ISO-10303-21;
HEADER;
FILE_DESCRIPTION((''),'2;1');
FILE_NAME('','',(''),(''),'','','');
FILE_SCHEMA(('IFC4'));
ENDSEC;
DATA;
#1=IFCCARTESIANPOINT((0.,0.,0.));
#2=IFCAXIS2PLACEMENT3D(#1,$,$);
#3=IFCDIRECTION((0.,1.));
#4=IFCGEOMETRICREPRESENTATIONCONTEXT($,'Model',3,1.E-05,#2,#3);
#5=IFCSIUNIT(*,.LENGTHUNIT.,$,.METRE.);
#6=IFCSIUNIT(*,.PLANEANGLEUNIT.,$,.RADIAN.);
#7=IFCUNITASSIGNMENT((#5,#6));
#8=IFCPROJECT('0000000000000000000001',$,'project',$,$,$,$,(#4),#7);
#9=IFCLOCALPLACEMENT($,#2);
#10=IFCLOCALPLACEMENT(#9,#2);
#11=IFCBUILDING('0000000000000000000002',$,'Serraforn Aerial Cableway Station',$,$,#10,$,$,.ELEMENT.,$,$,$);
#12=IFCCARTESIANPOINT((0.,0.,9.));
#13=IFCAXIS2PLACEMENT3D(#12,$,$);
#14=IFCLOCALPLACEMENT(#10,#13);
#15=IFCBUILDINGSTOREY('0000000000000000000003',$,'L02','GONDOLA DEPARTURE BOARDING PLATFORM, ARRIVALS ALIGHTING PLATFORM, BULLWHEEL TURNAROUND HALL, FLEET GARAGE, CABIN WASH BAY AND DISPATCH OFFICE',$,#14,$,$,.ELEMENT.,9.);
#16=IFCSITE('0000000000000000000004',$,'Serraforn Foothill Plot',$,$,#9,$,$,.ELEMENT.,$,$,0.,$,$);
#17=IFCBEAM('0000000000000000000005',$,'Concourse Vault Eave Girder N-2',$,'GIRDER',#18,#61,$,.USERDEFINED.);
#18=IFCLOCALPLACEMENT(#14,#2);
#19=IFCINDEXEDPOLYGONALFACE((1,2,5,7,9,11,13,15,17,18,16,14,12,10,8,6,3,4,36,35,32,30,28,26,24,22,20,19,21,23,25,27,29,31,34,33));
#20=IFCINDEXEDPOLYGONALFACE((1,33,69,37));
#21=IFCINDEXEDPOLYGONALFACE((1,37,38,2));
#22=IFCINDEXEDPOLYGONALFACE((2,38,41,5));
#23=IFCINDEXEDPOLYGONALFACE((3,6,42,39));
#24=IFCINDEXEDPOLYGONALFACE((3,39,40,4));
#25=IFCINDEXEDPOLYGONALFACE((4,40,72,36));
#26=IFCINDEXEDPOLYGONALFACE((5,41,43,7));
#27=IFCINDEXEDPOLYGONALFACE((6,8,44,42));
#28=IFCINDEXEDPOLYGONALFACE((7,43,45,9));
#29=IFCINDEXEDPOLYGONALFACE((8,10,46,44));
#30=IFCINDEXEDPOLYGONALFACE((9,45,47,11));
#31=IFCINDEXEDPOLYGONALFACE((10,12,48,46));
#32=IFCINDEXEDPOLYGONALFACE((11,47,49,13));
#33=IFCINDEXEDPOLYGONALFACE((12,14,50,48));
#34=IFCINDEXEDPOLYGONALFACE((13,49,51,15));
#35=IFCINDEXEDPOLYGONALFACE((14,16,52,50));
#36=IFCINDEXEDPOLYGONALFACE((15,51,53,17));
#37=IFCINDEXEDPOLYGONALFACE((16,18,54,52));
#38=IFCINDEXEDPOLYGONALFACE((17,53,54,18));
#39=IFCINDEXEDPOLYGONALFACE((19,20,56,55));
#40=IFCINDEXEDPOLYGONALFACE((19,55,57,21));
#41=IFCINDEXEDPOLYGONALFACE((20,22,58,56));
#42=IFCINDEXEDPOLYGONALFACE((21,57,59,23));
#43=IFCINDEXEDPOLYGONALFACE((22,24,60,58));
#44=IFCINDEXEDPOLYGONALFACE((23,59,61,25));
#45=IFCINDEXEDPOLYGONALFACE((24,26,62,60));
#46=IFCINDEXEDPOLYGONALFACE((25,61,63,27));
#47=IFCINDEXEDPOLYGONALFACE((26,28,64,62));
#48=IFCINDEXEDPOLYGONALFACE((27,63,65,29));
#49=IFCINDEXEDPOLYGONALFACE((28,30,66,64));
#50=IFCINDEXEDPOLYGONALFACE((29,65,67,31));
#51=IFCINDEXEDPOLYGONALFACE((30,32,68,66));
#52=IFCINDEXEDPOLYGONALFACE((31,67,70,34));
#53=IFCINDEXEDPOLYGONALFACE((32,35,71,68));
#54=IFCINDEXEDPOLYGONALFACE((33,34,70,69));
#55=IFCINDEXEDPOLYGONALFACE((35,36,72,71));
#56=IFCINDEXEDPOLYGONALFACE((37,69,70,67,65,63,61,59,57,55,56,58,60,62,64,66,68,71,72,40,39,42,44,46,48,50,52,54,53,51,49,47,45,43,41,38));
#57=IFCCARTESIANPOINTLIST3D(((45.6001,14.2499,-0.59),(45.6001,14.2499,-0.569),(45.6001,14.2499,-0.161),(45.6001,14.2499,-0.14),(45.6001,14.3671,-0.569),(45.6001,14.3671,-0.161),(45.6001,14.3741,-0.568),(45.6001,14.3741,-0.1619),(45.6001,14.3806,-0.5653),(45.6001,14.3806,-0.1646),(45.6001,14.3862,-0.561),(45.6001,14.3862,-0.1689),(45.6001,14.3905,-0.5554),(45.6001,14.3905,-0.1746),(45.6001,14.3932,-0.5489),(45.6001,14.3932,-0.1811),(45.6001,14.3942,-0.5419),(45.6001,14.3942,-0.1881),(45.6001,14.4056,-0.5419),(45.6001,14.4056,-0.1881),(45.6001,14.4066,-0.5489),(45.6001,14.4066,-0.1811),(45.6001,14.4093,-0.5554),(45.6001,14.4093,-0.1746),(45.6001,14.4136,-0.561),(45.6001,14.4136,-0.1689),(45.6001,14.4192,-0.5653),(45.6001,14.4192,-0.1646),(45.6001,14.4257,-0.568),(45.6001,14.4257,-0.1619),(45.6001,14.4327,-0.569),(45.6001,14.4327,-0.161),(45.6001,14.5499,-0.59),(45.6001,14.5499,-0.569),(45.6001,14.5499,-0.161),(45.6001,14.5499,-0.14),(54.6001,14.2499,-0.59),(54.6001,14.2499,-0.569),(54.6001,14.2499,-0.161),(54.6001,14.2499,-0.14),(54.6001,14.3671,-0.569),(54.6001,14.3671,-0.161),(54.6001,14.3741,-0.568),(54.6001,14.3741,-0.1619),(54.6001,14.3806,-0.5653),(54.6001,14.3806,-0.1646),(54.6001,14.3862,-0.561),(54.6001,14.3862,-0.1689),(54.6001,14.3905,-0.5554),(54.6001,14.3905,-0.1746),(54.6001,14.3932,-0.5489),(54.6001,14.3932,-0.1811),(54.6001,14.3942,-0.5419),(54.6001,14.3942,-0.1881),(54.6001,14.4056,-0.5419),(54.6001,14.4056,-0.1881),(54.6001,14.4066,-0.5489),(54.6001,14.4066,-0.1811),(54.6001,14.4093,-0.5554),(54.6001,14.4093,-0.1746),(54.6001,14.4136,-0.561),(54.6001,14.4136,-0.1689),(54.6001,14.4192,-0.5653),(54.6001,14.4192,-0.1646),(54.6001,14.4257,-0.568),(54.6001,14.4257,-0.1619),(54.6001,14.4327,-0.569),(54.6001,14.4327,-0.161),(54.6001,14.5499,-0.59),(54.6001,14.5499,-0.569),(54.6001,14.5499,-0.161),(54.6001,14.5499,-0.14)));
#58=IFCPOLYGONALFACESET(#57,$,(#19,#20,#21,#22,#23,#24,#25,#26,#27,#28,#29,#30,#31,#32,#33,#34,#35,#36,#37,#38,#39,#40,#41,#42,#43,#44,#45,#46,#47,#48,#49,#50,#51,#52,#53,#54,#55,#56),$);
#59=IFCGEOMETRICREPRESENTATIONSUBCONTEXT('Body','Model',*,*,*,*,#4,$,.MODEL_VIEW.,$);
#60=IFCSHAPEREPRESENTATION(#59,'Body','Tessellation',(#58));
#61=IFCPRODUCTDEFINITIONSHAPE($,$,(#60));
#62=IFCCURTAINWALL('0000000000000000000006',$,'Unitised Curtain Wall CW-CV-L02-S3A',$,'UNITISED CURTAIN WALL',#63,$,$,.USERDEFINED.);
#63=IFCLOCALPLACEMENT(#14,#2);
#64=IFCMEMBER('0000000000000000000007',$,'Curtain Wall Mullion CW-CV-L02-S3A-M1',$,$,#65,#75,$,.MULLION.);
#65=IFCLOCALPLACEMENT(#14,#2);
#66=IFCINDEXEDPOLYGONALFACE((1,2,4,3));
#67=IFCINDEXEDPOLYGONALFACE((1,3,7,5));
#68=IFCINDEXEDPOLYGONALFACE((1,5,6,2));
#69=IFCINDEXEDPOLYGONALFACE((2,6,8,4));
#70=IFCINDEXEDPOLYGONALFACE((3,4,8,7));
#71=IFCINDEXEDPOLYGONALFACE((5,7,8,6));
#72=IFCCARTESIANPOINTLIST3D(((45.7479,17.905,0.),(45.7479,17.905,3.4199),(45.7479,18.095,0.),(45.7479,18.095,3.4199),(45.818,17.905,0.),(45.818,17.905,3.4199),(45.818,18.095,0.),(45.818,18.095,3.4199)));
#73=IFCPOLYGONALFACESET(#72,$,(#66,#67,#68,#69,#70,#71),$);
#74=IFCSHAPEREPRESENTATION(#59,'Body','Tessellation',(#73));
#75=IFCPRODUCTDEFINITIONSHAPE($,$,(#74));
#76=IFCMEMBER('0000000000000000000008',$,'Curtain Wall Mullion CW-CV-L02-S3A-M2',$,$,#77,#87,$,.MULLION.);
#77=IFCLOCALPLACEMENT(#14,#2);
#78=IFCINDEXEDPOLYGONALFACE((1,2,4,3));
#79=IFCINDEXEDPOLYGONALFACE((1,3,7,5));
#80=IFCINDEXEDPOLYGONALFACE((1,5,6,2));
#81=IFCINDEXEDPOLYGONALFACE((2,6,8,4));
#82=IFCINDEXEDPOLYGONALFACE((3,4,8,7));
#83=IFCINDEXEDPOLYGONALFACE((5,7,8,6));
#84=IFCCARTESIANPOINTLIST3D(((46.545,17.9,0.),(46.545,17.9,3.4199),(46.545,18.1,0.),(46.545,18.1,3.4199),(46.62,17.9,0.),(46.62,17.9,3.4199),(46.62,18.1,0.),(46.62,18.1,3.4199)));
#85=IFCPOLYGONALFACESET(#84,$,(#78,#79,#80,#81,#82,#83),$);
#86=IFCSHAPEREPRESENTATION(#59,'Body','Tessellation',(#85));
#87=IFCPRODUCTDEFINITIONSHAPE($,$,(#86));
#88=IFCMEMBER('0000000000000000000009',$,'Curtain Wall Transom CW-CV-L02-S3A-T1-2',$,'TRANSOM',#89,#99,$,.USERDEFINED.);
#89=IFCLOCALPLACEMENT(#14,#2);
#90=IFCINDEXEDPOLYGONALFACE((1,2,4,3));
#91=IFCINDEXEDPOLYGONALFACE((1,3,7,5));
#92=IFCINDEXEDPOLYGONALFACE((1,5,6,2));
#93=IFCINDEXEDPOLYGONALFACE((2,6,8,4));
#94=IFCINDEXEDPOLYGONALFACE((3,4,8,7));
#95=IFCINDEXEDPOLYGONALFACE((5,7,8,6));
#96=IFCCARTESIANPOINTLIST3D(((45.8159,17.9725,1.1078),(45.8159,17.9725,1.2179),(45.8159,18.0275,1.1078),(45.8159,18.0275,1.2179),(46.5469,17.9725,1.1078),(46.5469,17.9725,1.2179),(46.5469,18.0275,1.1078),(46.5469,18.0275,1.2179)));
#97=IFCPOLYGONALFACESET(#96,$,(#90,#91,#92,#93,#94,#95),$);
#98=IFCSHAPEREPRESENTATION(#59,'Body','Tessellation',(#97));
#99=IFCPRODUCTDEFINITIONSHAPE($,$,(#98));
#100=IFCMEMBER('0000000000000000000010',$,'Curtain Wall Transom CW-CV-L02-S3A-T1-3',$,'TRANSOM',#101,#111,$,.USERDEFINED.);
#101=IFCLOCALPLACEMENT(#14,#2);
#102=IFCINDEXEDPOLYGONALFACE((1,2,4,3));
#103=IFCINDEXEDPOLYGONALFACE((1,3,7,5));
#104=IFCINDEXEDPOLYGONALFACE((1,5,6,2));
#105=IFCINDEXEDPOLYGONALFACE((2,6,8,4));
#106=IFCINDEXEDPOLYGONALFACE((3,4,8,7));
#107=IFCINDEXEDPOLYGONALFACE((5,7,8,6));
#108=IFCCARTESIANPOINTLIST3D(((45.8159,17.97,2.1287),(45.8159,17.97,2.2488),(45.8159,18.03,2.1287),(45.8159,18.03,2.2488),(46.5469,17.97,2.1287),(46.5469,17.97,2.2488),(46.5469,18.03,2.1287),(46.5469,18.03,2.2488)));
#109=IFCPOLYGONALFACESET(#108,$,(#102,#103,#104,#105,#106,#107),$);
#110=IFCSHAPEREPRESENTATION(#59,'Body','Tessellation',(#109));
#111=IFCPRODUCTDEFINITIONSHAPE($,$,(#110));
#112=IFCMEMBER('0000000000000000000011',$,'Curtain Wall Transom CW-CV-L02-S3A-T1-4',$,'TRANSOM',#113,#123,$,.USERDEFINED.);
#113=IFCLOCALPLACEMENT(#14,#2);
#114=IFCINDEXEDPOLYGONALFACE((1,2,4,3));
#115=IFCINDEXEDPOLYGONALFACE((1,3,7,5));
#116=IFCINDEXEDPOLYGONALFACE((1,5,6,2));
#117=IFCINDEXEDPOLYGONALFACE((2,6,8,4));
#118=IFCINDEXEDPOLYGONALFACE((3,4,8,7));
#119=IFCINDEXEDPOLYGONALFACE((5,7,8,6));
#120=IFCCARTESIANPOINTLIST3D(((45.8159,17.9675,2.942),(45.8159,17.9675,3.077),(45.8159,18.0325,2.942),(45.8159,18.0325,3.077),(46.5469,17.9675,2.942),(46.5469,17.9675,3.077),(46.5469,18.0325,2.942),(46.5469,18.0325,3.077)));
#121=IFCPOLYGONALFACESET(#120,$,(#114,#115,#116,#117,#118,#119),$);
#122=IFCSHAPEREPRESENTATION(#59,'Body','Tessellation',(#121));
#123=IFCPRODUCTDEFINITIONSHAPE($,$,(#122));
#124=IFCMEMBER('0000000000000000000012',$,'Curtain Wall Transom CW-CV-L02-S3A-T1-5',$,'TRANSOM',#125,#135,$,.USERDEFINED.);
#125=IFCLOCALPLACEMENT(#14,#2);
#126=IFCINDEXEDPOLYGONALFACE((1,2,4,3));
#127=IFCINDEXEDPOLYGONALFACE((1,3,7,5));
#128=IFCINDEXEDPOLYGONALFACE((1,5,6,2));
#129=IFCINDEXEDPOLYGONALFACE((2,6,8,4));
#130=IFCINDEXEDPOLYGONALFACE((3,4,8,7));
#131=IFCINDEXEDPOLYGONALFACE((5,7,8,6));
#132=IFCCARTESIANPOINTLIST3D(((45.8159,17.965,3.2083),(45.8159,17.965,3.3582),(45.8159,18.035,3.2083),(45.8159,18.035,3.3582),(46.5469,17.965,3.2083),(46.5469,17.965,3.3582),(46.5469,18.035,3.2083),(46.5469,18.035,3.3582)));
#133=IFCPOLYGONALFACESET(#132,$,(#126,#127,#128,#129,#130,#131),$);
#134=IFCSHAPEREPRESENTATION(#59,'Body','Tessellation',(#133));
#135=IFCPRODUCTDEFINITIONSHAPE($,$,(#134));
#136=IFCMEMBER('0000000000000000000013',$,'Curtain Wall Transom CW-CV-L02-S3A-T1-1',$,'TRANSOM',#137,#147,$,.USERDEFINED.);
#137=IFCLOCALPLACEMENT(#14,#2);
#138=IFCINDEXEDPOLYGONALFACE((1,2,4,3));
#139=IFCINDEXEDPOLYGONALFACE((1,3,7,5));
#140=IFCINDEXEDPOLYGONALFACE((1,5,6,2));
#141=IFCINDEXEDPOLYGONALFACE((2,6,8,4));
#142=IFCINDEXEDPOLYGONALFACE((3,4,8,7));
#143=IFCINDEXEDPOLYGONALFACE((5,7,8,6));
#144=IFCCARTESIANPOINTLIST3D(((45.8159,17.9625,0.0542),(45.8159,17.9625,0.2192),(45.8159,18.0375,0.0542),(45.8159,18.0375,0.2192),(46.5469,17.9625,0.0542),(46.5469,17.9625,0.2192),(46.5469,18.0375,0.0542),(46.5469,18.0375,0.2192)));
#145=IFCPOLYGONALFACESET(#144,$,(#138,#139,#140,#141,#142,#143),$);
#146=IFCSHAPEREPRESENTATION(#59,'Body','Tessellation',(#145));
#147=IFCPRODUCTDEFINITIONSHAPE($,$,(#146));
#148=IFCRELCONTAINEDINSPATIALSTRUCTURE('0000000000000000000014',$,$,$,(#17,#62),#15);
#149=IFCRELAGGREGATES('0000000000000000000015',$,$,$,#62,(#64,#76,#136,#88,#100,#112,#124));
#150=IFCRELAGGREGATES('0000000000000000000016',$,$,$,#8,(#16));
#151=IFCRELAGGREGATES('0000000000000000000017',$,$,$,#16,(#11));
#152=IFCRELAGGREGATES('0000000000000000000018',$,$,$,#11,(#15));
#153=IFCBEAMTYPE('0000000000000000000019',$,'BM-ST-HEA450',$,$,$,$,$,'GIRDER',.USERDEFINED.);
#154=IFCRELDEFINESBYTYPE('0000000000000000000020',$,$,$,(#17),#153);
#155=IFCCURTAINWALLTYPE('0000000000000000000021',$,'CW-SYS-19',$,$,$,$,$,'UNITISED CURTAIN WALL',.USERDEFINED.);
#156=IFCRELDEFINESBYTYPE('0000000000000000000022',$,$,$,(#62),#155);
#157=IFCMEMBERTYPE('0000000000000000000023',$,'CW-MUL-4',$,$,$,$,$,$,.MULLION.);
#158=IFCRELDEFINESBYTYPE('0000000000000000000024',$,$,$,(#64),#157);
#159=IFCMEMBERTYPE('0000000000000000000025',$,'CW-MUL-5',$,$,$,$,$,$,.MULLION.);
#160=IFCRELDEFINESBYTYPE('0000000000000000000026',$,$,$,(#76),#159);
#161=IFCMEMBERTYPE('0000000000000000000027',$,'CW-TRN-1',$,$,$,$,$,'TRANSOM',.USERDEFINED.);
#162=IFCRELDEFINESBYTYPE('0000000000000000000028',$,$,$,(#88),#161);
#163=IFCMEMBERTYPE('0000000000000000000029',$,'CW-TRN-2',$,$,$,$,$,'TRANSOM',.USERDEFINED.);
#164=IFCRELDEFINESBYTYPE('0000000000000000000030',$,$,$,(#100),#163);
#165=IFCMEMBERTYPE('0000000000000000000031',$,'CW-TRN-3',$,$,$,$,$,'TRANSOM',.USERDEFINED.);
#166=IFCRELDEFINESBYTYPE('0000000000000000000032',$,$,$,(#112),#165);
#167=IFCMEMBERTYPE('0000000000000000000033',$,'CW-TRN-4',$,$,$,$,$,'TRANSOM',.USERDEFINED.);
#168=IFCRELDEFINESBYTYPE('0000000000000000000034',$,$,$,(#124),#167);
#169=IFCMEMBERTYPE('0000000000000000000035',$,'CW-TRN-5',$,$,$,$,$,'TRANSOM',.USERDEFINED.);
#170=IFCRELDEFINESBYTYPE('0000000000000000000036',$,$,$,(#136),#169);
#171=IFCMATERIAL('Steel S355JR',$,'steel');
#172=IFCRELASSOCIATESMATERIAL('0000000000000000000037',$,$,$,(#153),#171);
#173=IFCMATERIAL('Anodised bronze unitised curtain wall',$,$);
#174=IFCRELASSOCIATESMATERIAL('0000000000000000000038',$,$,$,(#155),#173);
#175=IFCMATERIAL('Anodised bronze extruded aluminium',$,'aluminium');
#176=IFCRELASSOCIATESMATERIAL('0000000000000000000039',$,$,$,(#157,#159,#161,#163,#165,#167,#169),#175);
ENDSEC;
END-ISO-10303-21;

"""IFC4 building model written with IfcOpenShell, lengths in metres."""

from ifc_helpers import new_model, si_unit, direction, frame, origin, origin_2d, place, context, subcontext, project, spatial, rectangle, i_section, extrude, material, material_profile, profile_set, type_object, element, aggregate, save


model = new_model("IFC4")

# Units and contexts
model_context = context("Model", 3, precision=1e-05, world=origin(), true_north=direction((0.0, 1.0)))
body_context = subcontext(model_context, "Body", "Model", "MODEL_VIEW")
ifc_project = project(units=[si_unit("LENGTHUNIT", "METRE"), si_unit("PLANEANGLEUNIT", "RADIAN")], contexts=[model_context])

# Site, building, storey
site_placement = place(None, origin())
site = spatial("IfcSite", under=ifc_project, at=site_placement, Name="Serraforn Foothill Plot", CompositionType="ELEMENT", RefElevation=0.0)
building_placement = place(site_placement, origin())
building = spatial("IfcBuilding", under=site, at=building_placement, Name="Serraforn Aerial Cableway Station", CompositionType="ELEMENT")
storey_placement = place(building_placement, frame((0.0, 0.0, 9.0)))
storey = spatial("IfcBuildingStorey", under=building, at=storey_placement, Name="L02", Description="GONDOLA DEPARTURE BOARDING PLATFORM, ARRIVALS ALIGHTING PLATFORM, BULLWHEEL TURNAROUND HALL, FLEET GARAGE, CABIN WASH BAY AND DISPATCH OFFICE", CompositionType="ELEMENT", Elevation=9.0)

# Beam
ifc_material_1 = material(Name="Steel S355JR", Category="steel")
ifc_material_profile_1 = material_profile(ifc_material_1, i_section(OverallWidth=0.3, OverallDepth=0.45, WebThickness=0.0115, FlangeThickness=0.021, FilletRadius=0.0271, at=origin_2d()), Name="HEA 450")
ifc_profile_set_1 = profile_set([ifc_material_profile_1], Name="Steel S355JR")
beam_type_1 = type_object("IfcBeamType", Name="BM-ST-HEA450", ElementType="GIRDER", PredefinedType="USERDEFINED", material=ifc_profile_set_1)
for number, where, z_axis, x_axis, name in (
    (1, (45.6001, 14.3999, -0.365), (1.0, 0.0, 0.0), (0.0, 1.0, 0.0), "Concourse Vault Eave Girder N-2"),
):
    element("IfcBeam", number, at=place(storey_placement, frame(where, z_axis=z_axis, x_axis=x_axis)), inside=storey, type_object=beam_type_1, Name=name, ObjectType="GIRDER", PredefinedType="USERDEFINED", context=body_context, shape_type="SweptSolid", body=[
        extrude(i_section(OverallWidth=0.3, OverallDepth=0.45, WebThickness=0.0115, FlangeThickness=0.021, FilletRadius=0.0271, at=origin_2d()), origin(), (0.0, 0.0, 1.0), 9.0),
    ])

# Curtain wall, members
ifc_material_2 = material(Name="Anodised bronze unitised curtain wall")
curtain_wall_type = type_object("IfcCurtainWallType", Name="CW-SYS-19", ElementType="UNITISED CURTAIN WALL", PredefinedType="USERDEFINED", material=ifc_material_2)
curtain_wall_placement = place(storey_placement, origin())
curtain_wall = element("IfcCurtainWall", 2, at=curtain_wall_placement, inside=storey, type_object=curtain_wall_type, Name="Unitised Curtain Wall CW-CV-L02-S3A", ObjectType="UNITISED CURTAIN WALL", PredefinedType="USERDEFINED")
ifc_material_3 = material(Name="Anodised bronze extruded aluminium", Category="aluminium")
ifc_material_profile_2 = material_profile(ifc_material_3, rectangle(XDim=0.0701, YDim=0.1899, at=origin_2d()), Name="CW MULLION 70x190")
ifc_profile_set_2 = profile_set([ifc_material_profile_2], Name="Anodised bronze extruded aluminium")
member_type_1 = type_object("IfcMemberType", Name="CW-MUL-4", PredefinedType="MULLION", material=ifc_profile_set_2)
member_1_placement = place(storey_placement, frame((45.783, 18.0, 0.0), z_axis=(0.0, 0.0, 1.0), x_axis=(1.0, 0.0, 0.0)))
member_1 = element("IfcMember", 3, at=member_1_placement, type_object=member_type_1, Name="Curtain Wall Mullion CW-CV-L02-S3A-M1", PredefinedType="MULLION", context=body_context, shape_type="SweptSolid", body=[
    extrude(rectangle(XDim=0.0701, YDim=0.1899, at=origin_2d()), origin(), (0.0, 0.0, 1.0), 3.4199),
])
ifc_material_profile_3 = material_profile(ifc_material_3, rectangle(XDim=0.075, YDim=0.2, at=origin_2d()), Name="CW MULLION 75x200")
ifc_profile_set_3 = profile_set([ifc_material_profile_3], Name="Anodised bronze extruded aluminium")
member_type_2 = type_object("IfcMemberType", Name="CW-MUL-5", PredefinedType="MULLION", material=ifc_profile_set_3)
member_2_placement = place(storey_placement, frame((46.5825, 18.0, 0.0), z_axis=(0.0, 0.0, 1.0), x_axis=(1.0, 0.0, 0.0)))
member_2 = element("IfcMember", 4, at=member_2_placement, type_object=member_type_2, Name="Curtain Wall Mullion CW-CV-L02-S3A-M2", PredefinedType="MULLION", context=body_context, shape_type="SweptSolid", body=[
    extrude(rectangle(XDim=0.075, YDim=0.2, at=origin_2d()), origin(), (0.0, 0.0, 1.0), 3.4199),
])
ifc_material_profile_4 = material_profile(ifc_material_3, rectangle(XDim=0.0549, YDim=0.1101, at=origin_2d()), Name="CW TRANSOM 55x110")
ifc_profile_set_4 = profile_set([ifc_material_profile_4], Name="Anodised bronze extruded aluminium")
member_type_3 = type_object("IfcMemberType", Name="CW-TRN-1", ElementType="TRANSOM", PredefinedType="USERDEFINED", material=ifc_profile_set_4)
member_3_placement = place(storey_placement, frame((45.8159, 18.0, 1.1628), z_axis=(1.0, 0.0, 0.0), x_axis=(0.0, 1.0, 0.0)))
member_3 = element("IfcMember", 5, at=member_3_placement, type_object=member_type_3, Name="Curtain Wall Transom CW-CV-L02-S3A-T1-2", ObjectType="TRANSOM", PredefinedType="USERDEFINED", context=body_context, shape_type="SweptSolid", body=[
    extrude(rectangle(XDim=0.0549, YDim=0.1101, at=origin_2d()), origin(), (0.0, 0.0, 1.0), 0.731),
])
ifc_material_profile_5 = material_profile(ifc_material_3, rectangle(XDim=0.0601, YDim=0.1201, at=origin_2d()), Name="CW TRANSOM 60x120")
ifc_profile_set_5 = profile_set([ifc_material_profile_5], Name="Anodised bronze extruded aluminium")
member_type_4 = type_object("IfcMemberType", Name="CW-TRN-2", ElementType="TRANSOM", PredefinedType="USERDEFINED", material=ifc_profile_set_5)
member_4_placement = place(storey_placement, frame((45.8159, 18.0, 2.1887), z_axis=(1.0, 0.0, 0.0), x_axis=(0.0, 1.0, 0.0)))
member_4 = element("IfcMember", 6, at=member_4_placement, type_object=member_type_4, Name="Curtain Wall Transom CW-CV-L02-S3A-T1-3", ObjectType="TRANSOM", PredefinedType="USERDEFINED", context=body_context, shape_type="SweptSolid", body=[
    extrude(rectangle(XDim=0.0601, YDim=0.1201, at=origin_2d()), origin(), (0.0, 0.0, 1.0), 0.731),
])
ifc_material_profile_6 = material_profile(ifc_material_3, rectangle(XDim=0.0649, YDim=0.135, at=origin_2d()), Name="CW TRANSOM 65x135")
ifc_profile_set_6 = profile_set([ifc_material_profile_6], Name="Anodised bronze extruded aluminium")
member_type_5 = type_object("IfcMemberType", Name="CW-TRN-3", ElementType="TRANSOM", PredefinedType="USERDEFINED", material=ifc_profile_set_6)
member_5_placement = place(storey_placement, frame((45.8159, 18.0, 3.0095), z_axis=(1.0, 0.0, 0.0), x_axis=(0.0, 1.0, 0.0)))
member_5 = element("IfcMember", 7, at=member_5_placement, type_object=member_type_5, Name="Curtain Wall Transom CW-CV-L02-S3A-T1-4", ObjectType="TRANSOM", PredefinedType="USERDEFINED", context=body_context, shape_type="SweptSolid", body=[
    extrude(rectangle(XDim=0.0649, YDim=0.135, at=origin_2d()), origin(), (0.0, 0.0, 1.0), 0.731),
])
ifc_material_profile_7 = material_profile(ifc_material_3, rectangle(XDim=0.0701, YDim=0.1499, at=origin_2d()), Name="CW TRANSOM 70x150")
ifc_profile_set_7 = profile_set([ifc_material_profile_7], Name="Anodised bronze extruded aluminium")
member_type_6 = type_object("IfcMemberType", Name="CW-TRN-4", ElementType="TRANSOM", PredefinedType="USERDEFINED", material=ifc_profile_set_7)
member_6_placement = place(storey_placement, frame((45.8159, 18.0, 3.2832), z_axis=(1.0, 0.0, 0.0), x_axis=(0.0, 1.0, 0.0)))
member_6 = element("IfcMember", 8, at=member_6_placement, type_object=member_type_6, Name="Curtain Wall Transom CW-CV-L02-S3A-T1-5", ObjectType="TRANSOM", PredefinedType="USERDEFINED", context=body_context, shape_type="SweptSolid", body=[
    extrude(rectangle(XDim=0.0701, YDim=0.1499, at=origin_2d()), origin(), (0.0, 0.0, 1.0), 0.731),
])
ifc_material_profile_8 = material_profile(ifc_material_3, rectangle(XDim=0.075, YDim=0.165, at=origin_2d()), Name="CW TRANSOM 75x165")
ifc_profile_set_8 = profile_set([ifc_material_profile_8], Name="Anodised bronze extruded aluminium")
member_type_7 = type_object("IfcMemberType", Name="CW-TRN-5", ElementType="TRANSOM", PredefinedType="USERDEFINED", material=ifc_profile_set_8)
member_7_placement = place(storey_placement, frame((45.8159, 18.0, 0.1367), z_axis=(1.0, 0.0, 0.0), x_axis=(0.0, 1.0, 0.0)))
member_7 = element("IfcMember", 9, at=member_7_placement, type_object=member_type_7, Name="Curtain Wall Transom CW-CV-L02-S3A-T1-1", ObjectType="TRANSOM", PredefinedType="USERDEFINED", context=body_context, shape_type="SweptSolid", body=[
    extrude(rectangle(XDim=0.075, YDim=0.165, at=origin_2d()), origin(), (0.0, 0.0, 1.0), 0.731),
])

aggregate(curtain_wall, [member_1, member_2, member_7, member_3, member_4, member_5, member_6])

save(model, "model.ifc")
